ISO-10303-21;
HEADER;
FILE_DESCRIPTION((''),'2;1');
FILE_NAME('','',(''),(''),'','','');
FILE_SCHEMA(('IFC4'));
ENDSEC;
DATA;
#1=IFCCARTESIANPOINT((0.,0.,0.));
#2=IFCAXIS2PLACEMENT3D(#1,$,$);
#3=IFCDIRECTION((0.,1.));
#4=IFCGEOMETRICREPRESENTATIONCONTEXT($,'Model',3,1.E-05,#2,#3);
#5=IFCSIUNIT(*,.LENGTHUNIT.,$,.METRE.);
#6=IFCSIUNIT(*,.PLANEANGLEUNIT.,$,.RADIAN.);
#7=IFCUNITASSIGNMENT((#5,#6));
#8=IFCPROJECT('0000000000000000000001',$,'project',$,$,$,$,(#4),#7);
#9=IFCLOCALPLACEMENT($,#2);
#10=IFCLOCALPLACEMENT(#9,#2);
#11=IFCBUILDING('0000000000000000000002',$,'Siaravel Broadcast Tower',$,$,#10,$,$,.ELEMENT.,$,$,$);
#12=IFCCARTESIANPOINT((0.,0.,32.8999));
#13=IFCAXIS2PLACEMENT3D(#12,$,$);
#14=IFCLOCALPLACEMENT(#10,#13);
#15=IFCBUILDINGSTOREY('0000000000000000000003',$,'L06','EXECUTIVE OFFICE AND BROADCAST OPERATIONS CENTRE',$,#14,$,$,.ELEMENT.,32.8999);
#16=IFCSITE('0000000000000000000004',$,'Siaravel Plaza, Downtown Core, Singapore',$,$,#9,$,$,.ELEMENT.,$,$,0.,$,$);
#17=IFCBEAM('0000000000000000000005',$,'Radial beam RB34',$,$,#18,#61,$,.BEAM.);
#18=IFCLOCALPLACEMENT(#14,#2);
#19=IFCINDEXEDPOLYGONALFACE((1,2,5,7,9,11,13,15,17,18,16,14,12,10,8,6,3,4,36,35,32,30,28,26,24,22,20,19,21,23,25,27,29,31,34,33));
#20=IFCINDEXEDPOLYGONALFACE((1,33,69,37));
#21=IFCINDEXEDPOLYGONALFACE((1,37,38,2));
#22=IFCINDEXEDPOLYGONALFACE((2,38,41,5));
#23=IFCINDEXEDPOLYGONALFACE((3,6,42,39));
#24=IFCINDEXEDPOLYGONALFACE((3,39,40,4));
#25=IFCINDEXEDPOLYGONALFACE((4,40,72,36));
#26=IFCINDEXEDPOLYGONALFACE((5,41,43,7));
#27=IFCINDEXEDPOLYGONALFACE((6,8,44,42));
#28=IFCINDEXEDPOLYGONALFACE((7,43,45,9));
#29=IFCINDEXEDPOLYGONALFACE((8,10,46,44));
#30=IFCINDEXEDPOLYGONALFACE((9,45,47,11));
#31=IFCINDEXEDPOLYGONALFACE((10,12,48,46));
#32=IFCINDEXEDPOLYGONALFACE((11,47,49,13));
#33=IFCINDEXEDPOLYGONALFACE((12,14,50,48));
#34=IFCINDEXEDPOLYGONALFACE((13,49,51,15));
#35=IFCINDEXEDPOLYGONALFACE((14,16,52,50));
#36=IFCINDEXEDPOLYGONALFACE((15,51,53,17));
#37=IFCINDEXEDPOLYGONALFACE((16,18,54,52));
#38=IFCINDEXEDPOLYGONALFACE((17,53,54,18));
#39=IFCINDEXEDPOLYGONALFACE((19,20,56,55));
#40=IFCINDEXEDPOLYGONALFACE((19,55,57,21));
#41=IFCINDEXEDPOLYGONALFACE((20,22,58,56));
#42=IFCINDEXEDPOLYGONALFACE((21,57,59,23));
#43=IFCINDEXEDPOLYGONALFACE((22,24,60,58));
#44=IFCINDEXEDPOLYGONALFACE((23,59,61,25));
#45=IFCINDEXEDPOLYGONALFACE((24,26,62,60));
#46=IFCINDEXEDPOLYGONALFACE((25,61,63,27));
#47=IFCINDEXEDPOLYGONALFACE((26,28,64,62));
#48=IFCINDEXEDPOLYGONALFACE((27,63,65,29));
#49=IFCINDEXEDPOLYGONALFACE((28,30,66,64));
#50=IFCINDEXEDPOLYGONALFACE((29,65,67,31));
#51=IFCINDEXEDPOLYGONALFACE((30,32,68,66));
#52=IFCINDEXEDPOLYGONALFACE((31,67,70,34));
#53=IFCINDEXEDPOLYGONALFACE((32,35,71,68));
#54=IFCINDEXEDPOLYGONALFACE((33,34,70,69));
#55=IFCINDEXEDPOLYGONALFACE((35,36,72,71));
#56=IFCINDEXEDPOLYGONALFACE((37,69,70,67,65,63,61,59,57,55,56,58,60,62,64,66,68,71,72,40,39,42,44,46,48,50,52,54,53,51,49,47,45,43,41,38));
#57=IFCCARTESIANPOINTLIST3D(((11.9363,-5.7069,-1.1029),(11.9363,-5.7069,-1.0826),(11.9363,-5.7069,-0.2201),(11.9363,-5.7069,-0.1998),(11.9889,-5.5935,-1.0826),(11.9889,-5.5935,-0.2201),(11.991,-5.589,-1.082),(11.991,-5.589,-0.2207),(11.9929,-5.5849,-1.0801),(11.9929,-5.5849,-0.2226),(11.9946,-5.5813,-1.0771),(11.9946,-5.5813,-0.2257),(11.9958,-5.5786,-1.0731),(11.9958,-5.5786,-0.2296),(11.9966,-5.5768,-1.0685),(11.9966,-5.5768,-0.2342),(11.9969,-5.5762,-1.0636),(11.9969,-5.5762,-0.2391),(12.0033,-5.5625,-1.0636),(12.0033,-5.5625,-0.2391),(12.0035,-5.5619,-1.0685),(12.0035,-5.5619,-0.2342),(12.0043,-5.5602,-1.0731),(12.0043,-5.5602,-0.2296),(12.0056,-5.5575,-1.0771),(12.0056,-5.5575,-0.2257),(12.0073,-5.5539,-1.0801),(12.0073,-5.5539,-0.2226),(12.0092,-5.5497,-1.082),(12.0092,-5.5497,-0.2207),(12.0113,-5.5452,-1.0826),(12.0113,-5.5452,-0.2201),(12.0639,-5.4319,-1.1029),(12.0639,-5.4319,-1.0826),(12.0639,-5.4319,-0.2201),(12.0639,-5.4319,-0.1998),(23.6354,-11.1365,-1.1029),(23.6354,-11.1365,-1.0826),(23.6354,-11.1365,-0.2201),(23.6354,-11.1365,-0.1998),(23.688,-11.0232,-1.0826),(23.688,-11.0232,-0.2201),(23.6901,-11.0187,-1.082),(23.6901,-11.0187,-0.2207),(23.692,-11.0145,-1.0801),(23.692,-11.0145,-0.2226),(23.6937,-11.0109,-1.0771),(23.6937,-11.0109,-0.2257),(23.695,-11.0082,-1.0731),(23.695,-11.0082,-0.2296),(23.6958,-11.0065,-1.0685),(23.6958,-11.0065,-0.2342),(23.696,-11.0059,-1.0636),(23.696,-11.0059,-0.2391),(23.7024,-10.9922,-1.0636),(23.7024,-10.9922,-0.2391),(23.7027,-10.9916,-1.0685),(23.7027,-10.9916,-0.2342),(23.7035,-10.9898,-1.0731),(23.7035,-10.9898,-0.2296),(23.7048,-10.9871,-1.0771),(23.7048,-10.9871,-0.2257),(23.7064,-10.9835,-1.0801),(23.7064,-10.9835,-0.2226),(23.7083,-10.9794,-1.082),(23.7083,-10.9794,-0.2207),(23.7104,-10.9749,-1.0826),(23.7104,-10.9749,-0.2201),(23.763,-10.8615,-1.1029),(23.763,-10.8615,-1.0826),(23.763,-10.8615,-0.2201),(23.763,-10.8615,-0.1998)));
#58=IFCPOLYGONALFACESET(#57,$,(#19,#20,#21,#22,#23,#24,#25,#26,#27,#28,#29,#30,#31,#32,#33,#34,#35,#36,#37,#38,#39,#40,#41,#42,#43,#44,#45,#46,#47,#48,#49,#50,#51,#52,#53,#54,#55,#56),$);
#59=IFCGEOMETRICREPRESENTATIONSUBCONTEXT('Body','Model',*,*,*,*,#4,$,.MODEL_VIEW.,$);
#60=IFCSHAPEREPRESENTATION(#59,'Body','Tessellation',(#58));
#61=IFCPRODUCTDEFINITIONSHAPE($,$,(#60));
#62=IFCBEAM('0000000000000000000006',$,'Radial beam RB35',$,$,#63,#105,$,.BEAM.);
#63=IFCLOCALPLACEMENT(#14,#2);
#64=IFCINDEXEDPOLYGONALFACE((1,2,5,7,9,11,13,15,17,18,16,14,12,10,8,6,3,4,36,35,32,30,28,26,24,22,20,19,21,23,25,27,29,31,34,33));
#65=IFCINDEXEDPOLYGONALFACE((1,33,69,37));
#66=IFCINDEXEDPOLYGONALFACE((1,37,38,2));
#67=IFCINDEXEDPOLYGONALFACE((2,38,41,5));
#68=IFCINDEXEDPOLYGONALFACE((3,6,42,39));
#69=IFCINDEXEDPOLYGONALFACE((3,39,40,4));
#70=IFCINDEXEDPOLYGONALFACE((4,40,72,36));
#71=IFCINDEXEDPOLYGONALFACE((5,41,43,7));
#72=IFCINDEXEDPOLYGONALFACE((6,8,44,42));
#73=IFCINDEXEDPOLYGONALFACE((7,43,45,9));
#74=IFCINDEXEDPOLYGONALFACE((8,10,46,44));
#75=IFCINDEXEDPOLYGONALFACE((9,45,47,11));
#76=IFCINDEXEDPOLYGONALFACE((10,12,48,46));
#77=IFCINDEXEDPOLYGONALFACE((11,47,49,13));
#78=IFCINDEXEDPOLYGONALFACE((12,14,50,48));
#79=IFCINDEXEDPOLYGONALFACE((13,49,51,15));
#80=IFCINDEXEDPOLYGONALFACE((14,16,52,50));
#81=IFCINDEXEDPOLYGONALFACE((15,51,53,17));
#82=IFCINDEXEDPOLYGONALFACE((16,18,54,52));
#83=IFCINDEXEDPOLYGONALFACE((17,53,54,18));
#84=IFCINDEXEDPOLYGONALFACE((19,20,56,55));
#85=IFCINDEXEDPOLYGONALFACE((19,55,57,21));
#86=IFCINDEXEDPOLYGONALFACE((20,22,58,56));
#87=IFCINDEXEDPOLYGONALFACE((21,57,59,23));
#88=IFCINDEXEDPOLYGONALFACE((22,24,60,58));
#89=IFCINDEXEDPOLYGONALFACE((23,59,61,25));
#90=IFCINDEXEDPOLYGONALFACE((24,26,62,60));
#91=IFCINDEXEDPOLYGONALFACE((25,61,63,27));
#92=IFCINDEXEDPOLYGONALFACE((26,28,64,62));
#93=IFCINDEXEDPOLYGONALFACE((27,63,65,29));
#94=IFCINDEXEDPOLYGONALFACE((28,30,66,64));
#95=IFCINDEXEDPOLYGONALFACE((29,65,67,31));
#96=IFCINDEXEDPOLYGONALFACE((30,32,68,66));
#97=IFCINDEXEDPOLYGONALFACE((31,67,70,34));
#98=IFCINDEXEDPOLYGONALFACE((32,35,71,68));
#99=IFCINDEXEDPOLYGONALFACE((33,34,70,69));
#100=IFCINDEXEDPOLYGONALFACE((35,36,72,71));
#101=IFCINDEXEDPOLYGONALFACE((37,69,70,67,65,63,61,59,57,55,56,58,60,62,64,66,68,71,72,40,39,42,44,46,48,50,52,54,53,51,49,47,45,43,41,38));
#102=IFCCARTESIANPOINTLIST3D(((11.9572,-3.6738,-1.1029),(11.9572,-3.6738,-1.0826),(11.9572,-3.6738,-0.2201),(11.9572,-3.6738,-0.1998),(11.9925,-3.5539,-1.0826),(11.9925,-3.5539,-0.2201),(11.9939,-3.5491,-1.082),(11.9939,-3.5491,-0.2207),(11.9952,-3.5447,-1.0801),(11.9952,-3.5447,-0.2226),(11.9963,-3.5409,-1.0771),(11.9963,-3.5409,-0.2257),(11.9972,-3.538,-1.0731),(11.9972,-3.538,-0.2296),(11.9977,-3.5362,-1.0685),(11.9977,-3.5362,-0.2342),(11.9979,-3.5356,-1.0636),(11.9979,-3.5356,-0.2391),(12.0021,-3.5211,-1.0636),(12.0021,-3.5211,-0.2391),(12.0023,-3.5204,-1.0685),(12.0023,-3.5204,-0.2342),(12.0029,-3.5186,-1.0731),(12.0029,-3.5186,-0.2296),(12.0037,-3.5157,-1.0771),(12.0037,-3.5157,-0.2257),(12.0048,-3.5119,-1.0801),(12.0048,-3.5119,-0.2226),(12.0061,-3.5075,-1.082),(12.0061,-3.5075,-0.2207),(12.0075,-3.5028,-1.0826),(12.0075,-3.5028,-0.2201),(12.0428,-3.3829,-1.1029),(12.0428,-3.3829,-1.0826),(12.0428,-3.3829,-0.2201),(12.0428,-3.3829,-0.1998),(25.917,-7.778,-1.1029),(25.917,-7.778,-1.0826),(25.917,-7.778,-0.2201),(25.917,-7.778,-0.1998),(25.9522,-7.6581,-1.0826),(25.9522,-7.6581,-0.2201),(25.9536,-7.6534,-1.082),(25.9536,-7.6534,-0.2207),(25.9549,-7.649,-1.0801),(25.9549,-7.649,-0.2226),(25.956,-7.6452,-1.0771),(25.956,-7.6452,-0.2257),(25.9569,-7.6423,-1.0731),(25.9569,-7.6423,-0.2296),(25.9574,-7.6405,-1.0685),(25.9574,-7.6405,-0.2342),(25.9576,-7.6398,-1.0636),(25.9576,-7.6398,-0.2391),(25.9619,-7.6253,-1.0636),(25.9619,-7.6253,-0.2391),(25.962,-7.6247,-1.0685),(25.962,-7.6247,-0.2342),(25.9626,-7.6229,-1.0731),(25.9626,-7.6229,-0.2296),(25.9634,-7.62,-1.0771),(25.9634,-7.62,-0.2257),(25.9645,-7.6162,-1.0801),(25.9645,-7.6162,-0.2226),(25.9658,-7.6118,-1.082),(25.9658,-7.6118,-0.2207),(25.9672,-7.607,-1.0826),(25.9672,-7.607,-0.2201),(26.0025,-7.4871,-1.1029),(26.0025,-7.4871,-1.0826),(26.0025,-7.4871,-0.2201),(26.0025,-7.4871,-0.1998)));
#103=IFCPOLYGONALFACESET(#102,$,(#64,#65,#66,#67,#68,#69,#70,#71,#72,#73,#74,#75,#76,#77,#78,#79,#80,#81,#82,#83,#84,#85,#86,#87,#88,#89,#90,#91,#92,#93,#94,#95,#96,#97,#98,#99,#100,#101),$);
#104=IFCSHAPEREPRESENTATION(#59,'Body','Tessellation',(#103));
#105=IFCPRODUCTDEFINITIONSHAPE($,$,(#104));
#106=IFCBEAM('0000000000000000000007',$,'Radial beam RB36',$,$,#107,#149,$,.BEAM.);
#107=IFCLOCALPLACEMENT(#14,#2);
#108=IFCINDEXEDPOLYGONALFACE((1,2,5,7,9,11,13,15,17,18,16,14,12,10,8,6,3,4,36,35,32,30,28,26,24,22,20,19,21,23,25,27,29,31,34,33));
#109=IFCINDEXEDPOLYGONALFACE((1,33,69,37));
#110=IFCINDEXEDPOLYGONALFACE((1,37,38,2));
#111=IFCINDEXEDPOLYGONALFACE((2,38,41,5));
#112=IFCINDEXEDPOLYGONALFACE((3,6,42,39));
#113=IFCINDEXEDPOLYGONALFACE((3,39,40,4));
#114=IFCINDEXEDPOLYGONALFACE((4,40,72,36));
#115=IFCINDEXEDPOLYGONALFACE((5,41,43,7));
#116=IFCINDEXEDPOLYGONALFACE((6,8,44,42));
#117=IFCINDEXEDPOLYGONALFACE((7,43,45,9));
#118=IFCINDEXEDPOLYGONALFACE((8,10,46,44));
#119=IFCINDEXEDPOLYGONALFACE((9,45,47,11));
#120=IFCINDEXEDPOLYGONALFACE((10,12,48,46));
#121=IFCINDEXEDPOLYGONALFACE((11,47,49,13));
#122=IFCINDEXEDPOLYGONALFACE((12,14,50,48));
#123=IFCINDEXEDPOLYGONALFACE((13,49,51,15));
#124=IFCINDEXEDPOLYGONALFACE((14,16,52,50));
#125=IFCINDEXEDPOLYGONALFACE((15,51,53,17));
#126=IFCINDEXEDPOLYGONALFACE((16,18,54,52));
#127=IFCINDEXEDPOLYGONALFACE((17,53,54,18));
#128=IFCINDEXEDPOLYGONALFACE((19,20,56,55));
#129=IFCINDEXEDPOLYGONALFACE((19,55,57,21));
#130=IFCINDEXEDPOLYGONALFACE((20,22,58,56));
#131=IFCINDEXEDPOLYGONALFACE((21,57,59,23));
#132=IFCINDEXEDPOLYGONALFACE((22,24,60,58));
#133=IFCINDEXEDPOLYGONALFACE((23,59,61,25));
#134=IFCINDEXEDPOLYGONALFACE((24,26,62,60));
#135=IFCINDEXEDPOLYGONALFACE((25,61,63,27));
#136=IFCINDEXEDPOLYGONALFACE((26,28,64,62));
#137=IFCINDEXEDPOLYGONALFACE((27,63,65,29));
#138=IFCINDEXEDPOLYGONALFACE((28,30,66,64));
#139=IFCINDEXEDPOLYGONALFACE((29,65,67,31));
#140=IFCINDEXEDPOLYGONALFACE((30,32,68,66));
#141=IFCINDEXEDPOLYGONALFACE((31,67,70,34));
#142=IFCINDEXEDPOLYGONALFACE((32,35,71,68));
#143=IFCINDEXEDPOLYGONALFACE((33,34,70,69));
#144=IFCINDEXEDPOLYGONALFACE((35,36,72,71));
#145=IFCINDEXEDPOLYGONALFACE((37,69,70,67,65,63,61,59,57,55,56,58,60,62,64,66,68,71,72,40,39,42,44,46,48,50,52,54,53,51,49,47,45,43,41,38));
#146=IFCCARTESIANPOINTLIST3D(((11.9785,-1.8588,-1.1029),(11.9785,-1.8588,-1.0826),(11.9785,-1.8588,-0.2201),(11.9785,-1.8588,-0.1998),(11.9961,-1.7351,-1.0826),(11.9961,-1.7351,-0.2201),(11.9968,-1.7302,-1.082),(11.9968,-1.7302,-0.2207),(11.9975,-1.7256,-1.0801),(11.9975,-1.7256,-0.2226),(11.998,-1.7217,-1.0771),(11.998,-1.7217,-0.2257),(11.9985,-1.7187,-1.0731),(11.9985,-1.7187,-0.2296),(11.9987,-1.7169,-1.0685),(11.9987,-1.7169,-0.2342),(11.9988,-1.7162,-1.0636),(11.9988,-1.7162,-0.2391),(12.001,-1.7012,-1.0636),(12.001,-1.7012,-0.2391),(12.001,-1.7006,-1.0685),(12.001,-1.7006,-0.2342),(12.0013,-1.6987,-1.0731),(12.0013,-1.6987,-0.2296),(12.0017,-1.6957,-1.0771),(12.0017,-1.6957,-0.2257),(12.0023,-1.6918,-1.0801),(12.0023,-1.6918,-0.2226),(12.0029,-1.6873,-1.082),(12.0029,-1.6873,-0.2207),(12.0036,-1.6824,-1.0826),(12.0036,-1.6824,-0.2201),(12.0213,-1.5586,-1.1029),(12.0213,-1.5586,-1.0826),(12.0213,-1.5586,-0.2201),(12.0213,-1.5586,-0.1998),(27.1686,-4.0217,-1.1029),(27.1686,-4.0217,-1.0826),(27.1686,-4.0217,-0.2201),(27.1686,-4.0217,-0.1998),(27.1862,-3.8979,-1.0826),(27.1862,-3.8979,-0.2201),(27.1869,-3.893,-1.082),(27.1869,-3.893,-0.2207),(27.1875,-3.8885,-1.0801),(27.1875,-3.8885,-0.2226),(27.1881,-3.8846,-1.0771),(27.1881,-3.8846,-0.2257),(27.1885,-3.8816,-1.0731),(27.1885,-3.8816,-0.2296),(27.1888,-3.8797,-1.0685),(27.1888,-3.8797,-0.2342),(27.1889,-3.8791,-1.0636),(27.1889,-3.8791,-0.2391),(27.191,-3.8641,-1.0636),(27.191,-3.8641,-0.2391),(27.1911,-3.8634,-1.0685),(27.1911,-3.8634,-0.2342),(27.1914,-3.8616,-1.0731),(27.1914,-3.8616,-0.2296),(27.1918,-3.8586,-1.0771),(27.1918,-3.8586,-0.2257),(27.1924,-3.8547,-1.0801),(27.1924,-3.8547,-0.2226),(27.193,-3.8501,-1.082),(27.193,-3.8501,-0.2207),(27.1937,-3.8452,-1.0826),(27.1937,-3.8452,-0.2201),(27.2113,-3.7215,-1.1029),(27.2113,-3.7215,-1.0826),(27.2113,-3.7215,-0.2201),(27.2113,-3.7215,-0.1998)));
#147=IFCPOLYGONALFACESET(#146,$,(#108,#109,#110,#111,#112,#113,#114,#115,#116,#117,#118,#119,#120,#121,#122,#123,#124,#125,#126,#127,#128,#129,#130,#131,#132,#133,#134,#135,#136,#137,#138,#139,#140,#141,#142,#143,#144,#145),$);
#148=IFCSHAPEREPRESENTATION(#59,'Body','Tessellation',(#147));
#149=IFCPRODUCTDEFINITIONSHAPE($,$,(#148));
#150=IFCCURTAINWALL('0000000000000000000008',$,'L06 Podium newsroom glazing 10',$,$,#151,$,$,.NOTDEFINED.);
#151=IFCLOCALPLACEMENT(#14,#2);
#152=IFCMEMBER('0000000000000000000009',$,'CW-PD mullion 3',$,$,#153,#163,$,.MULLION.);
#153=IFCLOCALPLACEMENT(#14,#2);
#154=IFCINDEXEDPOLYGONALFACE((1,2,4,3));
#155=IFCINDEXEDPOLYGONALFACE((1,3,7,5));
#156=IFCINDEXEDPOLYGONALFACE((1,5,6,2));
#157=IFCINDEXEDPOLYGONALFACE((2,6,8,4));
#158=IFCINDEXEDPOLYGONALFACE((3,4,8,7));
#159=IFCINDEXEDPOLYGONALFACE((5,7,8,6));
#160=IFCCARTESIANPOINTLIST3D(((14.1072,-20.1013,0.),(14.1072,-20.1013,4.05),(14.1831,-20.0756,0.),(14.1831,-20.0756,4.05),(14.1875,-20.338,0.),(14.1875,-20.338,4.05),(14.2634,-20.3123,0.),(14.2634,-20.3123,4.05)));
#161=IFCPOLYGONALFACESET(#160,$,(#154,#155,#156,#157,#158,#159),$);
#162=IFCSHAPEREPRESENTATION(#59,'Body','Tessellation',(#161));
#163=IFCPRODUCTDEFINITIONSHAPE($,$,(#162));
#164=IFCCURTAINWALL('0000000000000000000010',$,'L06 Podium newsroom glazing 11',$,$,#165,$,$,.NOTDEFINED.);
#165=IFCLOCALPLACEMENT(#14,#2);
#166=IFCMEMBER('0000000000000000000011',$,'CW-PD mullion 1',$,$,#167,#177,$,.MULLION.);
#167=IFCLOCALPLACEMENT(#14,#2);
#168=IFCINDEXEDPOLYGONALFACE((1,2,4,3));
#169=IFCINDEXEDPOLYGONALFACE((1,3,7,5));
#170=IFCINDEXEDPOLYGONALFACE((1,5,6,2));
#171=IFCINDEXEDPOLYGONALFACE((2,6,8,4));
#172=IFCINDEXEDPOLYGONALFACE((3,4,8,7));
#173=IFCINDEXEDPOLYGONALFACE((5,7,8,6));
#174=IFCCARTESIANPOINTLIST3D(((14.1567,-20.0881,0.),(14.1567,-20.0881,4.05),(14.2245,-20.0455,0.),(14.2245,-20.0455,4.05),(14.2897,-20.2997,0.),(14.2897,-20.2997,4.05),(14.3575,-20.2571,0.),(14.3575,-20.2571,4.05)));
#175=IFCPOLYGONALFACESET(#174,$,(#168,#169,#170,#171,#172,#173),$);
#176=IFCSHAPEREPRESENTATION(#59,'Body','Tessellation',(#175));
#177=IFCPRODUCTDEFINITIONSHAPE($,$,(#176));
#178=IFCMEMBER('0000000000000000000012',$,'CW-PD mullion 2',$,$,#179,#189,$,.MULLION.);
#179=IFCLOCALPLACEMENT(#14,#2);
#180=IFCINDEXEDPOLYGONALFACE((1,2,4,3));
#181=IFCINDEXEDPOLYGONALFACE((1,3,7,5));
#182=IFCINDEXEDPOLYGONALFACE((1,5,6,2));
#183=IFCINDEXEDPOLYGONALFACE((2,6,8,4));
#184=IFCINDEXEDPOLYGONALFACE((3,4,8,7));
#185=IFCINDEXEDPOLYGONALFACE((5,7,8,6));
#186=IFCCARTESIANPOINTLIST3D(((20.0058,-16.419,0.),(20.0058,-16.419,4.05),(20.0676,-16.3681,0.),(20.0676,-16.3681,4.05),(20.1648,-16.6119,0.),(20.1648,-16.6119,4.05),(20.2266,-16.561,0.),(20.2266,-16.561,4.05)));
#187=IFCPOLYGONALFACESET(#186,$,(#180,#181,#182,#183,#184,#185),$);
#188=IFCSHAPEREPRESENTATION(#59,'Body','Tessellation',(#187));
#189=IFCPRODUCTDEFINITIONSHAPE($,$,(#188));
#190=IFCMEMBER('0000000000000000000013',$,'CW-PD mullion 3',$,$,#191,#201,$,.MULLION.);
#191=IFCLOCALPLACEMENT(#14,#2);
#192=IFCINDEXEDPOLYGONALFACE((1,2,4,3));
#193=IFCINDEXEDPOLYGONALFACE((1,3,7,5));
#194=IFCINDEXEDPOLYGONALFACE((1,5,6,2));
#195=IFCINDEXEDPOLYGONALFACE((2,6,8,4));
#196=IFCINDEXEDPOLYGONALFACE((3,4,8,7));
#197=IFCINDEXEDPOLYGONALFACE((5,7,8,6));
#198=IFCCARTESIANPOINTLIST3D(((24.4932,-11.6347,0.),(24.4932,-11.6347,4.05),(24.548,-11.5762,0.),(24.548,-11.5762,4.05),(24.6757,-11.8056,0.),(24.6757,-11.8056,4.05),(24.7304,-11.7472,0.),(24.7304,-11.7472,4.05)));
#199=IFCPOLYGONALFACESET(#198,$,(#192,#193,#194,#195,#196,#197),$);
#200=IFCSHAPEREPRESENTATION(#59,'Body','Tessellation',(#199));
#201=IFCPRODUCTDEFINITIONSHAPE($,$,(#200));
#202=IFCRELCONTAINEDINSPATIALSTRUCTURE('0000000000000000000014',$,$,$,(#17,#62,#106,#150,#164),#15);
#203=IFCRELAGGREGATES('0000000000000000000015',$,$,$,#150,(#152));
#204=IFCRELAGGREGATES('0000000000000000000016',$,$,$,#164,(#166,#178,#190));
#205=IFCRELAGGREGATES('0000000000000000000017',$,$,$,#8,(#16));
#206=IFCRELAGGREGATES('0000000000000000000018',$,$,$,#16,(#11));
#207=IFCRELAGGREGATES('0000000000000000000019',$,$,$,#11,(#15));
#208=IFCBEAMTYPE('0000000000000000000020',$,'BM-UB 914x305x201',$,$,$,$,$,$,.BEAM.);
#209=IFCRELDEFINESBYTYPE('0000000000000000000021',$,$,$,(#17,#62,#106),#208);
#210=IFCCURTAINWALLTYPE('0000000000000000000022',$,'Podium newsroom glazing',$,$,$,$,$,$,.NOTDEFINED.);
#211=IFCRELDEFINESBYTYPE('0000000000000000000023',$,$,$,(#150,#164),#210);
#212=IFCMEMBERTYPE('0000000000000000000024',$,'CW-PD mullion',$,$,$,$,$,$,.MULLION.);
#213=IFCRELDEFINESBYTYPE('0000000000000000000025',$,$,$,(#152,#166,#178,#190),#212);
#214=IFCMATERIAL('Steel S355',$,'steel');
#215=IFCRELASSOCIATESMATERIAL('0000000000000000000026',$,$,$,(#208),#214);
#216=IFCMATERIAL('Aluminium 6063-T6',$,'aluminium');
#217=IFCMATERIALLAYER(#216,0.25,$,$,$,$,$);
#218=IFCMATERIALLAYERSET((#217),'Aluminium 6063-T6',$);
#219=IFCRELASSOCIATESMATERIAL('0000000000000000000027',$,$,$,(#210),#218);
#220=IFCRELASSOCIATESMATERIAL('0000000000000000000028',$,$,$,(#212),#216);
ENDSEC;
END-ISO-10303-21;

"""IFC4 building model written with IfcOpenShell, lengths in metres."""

from ifc_helpers import new_model, si_unit, direction, frame, origin, origin_2d, place, context, subcontext, project, spatial, rectangle, i_section, extrude, material, layer, layer_set, material_profile, profile_set, type_object, element, aggregate, save


model = new_model("IFC4")

# Units and contexts
model_context = context("Model", 3, precision=1e-05, world=origin(), true_north=direction((0.0, 1.0)))
body_context = subcontext(model_context, "Body", "Model", "MODEL_VIEW")
ifc_project = project(units=[si_unit("LENGTHUNIT", "METRE"), si_unit("PLANEANGLEUNIT", "RADIAN")], contexts=[model_context])

# Site, building, storey
site_placement = place(None, origin())
site = spatial("IfcSite", under=ifc_project, at=site_placement, Name="Siaravel Plaza, Downtown Core, Singapore", CompositionType="ELEMENT", RefElevation=0.0)
building_placement = place(site_placement, origin())
building = spatial("IfcBuilding", under=site, at=building_placement, Name="Siaravel Broadcast Tower", CompositionType="ELEMENT")
storey_placement = place(building_placement, frame((0.0, 0.0, 32.8999)))
storey = spatial("IfcBuildingStorey", under=building, at=storey_placement, Name="L06", Description="EXECUTIVE OFFICE AND BROADCAST OPERATIONS CENTRE", CompositionType="ELEMENT", Elevation=32.8999)

# Beams
ifc_material_1 = material(Name="Steel S355", Category="steel")
ifc_material_profile_1 = material_profile(ifc_material_1, i_section(OverallWidth=0.3032, OverallDepth=0.9031, WebThickness=0.0151, FlangeThickness=0.0203, FilletRadius=0.019, at=origin_2d()))
ifc_profile_set_1 = profile_set([ifc_material_profile_1], Name="Steel S355")
beam_type = type_object("IfcBeamType", Name="BM-UB 914x305x201", PredefinedType="BEAM", material=ifc_profile_set_1)
beam_1_placement = place(storey_placement, frame((23.6992, -10.999, -0.6514), z_axis=(-0.907071, 0.420978, 0.0), x_axis=(-0.420978, -0.907071, 0.0)))
element("IfcBeam", 1, at=beam_1_placement, inside=storey, type_object=beam_type, Name="Radial beam RB34", PredefinedType="BEAM", context=body_context, shape_type="SweptSolid", body=[
    extrude(i_section(OverallWidth=0.3032, OverallDepth=0.9031, WebThickness=0.0151, FlangeThickness=0.0203, FilletRadius=0.019, at=origin_2d()), origin(), (0.0, 0.0, 1.0), 12.8977),
])
beam_2_placement = place(storey_placement, frame((25.9597, -7.6326, -0.6514), z_axis=(-0.959394, 0.282068, 0.0), x_axis=(-0.282068, -0.959394, 0.0)))
element("IfcBeam", 2, at=beam_2_placement, inside=storey, type_object=beam_type, Name="Radial beam RB35", PredefinedType="BEAM", context=body_context, shape_type="SweptSolid", body=[
    extrude(i_section(OverallWidth=0.3032, OverallDepth=0.9031, WebThickness=0.0151, FlangeThickness=0.0203, FilletRadius=0.019, at=origin_2d()), origin(), (0.0, 0.0, 1.0), 14.5505),
])
beam_3_placement = place(storey_placement, frame((27.1899, -3.8716, -0.6514), z_axis=(-0.990015, 0.140965, 0.0), x_axis=(-0.140965, -0.990015, 0.0)))
element("IfcBeam", 3, at=beam_3_placement, inside=storey, type_object=beam_type, Name="Radial beam RB36", PredefinedType="BEAM", context=body_context, shape_type="SweptSolid", body=[
    extrude(i_section(OverallWidth=0.3032, OverallDepth=0.9031, WebThickness=0.0151, FlangeThickness=0.0203, FilletRadius=0.019, at=origin_2d()), origin(), (0.0, 0.0, 1.0), 15.3433),
])

# Curtain wall, member
ifc_material_2 = material(Name="Aluminium 6063-T6", Category="aluminium")
ifc_layer_1 = layer(ifc_material_2, 0.25)
ifc_layer_set_1 = layer_set([ifc_layer_1], Name="Aluminium 6063-T6")
curtain_wall_type = type_object("IfcCurtainWallType", Name="Podium newsroom glazing", PredefinedType="NOTDEFINED", material=ifc_layer_set_1)
curtain_wall_1_placement = place(storey_placement, origin())
curtain_wall_1 = element("IfcCurtainWall", 4, at=curtain_wall_1_placement, inside=storey, type_object=curtain_wall_type, Name="L06 Podium newsroom glazing 10", PredefinedType="NOTDEFINED")
ifc_material_profile_2 = material_profile(ifc_material_2, rectangle(XDim=0.25, YDim=0.0801, at=origin_2d()))
ifc_profile_set_2 = profile_set([ifc_material_profile_2], Name="Aluminium 6063-T6")
member_type_1 = type_object("IfcMemberType", Name="CW-PD mullion", PredefinedType="MULLION", material=ifc_profile_set_2)
member_1_placement = place(storey_placement, frame((14.1853, -20.2068, 0.0), z_axis=(0.0, 0.0, 1.0), x_axis=(-0.3213, 0.946977, 0.0)))
member_1 = element("IfcMember", 5, at=member_1_placement, type_object=member_type_1, Name="CW-PD mullion 3", PredefinedType="MULLION", context=body_context, shape_type="SweptSolid", body=[
    extrude(rectangle(XDim=0.25, YDim=0.0801, at=origin_2d()), origin(), (0.0, 0.0, 1.0), 4.05),
])
aggregate(curtain_wall_1, [member_1])

# Curtain wall, members
curtain_wall_2_placement = place(storey_placement, origin())
curtain_wall_2 = element("IfcCurtainWall", 6, at=curtain_wall_2_placement, inside=storey, type_object=curtain_wall_type, Name="L06 Podium newsroom glazing 11", PredefinedType="NOTDEFINED")
member_2_placement = place(storey_placement, frame((14.2571, -20.1726, 0.0), z_axis=(0.0, 0.0, 1.0), x_axis=(-0.532148, 0.846651, 0.0)))
member_2 = element("IfcMember", 7, at=member_2_placement, type_object=member_type_1, Name="CW-PD mullion 1", PredefinedType="MULLION", context=body_context, shape_type="SweptSolid", body=[
    extrude(rectangle(XDim=0.25, YDim=0.0801, at=origin_2d()), origin(), (0.0, 0.0, 1.0), 4.05),
])
member_3_placement = place(storey_placement, frame((20.1162, -16.49, 0.0), z_axis=(0.0, 0.0, 1.0), x_axis=(-0.636218, 0.77151, 0.0)))
member_3 = element("IfcMember", 8, at=member_3_placement, type_object=member_type_1, Name="CW-PD mullion 2", PredefinedType="MULLION", context=body_context, shape_type="SweptSolid", body=[
    extrude(rectangle(XDim=0.25, YDim=0.0801, at=origin_2d()), origin(), (0.0, 0.0, 1.0), 4.05),
])
member_4_placement = place(storey_placement, frame((24.6118, -11.6909, 0.0), z_axis=(0.0, 0.0, 1.0), x_axis=(-0.729804, 0.683656, 0.0)))
member_4 = element("IfcMember", 9, at=member_4_placement, type_object=member_type_1, Name="CW-PD mullion 3", PredefinedType="MULLION", context=body_context, shape_type="SweptSolid", body=[
    extrude(rectangle(XDim=0.25, YDim=0.0801, at=origin_2d()), origin(), (0.0, 0.0, 1.0), 4.05),
])

aggregate(curtain_wall_2, [member_2, member_3, member_4])

save(model, "model.ifc")
